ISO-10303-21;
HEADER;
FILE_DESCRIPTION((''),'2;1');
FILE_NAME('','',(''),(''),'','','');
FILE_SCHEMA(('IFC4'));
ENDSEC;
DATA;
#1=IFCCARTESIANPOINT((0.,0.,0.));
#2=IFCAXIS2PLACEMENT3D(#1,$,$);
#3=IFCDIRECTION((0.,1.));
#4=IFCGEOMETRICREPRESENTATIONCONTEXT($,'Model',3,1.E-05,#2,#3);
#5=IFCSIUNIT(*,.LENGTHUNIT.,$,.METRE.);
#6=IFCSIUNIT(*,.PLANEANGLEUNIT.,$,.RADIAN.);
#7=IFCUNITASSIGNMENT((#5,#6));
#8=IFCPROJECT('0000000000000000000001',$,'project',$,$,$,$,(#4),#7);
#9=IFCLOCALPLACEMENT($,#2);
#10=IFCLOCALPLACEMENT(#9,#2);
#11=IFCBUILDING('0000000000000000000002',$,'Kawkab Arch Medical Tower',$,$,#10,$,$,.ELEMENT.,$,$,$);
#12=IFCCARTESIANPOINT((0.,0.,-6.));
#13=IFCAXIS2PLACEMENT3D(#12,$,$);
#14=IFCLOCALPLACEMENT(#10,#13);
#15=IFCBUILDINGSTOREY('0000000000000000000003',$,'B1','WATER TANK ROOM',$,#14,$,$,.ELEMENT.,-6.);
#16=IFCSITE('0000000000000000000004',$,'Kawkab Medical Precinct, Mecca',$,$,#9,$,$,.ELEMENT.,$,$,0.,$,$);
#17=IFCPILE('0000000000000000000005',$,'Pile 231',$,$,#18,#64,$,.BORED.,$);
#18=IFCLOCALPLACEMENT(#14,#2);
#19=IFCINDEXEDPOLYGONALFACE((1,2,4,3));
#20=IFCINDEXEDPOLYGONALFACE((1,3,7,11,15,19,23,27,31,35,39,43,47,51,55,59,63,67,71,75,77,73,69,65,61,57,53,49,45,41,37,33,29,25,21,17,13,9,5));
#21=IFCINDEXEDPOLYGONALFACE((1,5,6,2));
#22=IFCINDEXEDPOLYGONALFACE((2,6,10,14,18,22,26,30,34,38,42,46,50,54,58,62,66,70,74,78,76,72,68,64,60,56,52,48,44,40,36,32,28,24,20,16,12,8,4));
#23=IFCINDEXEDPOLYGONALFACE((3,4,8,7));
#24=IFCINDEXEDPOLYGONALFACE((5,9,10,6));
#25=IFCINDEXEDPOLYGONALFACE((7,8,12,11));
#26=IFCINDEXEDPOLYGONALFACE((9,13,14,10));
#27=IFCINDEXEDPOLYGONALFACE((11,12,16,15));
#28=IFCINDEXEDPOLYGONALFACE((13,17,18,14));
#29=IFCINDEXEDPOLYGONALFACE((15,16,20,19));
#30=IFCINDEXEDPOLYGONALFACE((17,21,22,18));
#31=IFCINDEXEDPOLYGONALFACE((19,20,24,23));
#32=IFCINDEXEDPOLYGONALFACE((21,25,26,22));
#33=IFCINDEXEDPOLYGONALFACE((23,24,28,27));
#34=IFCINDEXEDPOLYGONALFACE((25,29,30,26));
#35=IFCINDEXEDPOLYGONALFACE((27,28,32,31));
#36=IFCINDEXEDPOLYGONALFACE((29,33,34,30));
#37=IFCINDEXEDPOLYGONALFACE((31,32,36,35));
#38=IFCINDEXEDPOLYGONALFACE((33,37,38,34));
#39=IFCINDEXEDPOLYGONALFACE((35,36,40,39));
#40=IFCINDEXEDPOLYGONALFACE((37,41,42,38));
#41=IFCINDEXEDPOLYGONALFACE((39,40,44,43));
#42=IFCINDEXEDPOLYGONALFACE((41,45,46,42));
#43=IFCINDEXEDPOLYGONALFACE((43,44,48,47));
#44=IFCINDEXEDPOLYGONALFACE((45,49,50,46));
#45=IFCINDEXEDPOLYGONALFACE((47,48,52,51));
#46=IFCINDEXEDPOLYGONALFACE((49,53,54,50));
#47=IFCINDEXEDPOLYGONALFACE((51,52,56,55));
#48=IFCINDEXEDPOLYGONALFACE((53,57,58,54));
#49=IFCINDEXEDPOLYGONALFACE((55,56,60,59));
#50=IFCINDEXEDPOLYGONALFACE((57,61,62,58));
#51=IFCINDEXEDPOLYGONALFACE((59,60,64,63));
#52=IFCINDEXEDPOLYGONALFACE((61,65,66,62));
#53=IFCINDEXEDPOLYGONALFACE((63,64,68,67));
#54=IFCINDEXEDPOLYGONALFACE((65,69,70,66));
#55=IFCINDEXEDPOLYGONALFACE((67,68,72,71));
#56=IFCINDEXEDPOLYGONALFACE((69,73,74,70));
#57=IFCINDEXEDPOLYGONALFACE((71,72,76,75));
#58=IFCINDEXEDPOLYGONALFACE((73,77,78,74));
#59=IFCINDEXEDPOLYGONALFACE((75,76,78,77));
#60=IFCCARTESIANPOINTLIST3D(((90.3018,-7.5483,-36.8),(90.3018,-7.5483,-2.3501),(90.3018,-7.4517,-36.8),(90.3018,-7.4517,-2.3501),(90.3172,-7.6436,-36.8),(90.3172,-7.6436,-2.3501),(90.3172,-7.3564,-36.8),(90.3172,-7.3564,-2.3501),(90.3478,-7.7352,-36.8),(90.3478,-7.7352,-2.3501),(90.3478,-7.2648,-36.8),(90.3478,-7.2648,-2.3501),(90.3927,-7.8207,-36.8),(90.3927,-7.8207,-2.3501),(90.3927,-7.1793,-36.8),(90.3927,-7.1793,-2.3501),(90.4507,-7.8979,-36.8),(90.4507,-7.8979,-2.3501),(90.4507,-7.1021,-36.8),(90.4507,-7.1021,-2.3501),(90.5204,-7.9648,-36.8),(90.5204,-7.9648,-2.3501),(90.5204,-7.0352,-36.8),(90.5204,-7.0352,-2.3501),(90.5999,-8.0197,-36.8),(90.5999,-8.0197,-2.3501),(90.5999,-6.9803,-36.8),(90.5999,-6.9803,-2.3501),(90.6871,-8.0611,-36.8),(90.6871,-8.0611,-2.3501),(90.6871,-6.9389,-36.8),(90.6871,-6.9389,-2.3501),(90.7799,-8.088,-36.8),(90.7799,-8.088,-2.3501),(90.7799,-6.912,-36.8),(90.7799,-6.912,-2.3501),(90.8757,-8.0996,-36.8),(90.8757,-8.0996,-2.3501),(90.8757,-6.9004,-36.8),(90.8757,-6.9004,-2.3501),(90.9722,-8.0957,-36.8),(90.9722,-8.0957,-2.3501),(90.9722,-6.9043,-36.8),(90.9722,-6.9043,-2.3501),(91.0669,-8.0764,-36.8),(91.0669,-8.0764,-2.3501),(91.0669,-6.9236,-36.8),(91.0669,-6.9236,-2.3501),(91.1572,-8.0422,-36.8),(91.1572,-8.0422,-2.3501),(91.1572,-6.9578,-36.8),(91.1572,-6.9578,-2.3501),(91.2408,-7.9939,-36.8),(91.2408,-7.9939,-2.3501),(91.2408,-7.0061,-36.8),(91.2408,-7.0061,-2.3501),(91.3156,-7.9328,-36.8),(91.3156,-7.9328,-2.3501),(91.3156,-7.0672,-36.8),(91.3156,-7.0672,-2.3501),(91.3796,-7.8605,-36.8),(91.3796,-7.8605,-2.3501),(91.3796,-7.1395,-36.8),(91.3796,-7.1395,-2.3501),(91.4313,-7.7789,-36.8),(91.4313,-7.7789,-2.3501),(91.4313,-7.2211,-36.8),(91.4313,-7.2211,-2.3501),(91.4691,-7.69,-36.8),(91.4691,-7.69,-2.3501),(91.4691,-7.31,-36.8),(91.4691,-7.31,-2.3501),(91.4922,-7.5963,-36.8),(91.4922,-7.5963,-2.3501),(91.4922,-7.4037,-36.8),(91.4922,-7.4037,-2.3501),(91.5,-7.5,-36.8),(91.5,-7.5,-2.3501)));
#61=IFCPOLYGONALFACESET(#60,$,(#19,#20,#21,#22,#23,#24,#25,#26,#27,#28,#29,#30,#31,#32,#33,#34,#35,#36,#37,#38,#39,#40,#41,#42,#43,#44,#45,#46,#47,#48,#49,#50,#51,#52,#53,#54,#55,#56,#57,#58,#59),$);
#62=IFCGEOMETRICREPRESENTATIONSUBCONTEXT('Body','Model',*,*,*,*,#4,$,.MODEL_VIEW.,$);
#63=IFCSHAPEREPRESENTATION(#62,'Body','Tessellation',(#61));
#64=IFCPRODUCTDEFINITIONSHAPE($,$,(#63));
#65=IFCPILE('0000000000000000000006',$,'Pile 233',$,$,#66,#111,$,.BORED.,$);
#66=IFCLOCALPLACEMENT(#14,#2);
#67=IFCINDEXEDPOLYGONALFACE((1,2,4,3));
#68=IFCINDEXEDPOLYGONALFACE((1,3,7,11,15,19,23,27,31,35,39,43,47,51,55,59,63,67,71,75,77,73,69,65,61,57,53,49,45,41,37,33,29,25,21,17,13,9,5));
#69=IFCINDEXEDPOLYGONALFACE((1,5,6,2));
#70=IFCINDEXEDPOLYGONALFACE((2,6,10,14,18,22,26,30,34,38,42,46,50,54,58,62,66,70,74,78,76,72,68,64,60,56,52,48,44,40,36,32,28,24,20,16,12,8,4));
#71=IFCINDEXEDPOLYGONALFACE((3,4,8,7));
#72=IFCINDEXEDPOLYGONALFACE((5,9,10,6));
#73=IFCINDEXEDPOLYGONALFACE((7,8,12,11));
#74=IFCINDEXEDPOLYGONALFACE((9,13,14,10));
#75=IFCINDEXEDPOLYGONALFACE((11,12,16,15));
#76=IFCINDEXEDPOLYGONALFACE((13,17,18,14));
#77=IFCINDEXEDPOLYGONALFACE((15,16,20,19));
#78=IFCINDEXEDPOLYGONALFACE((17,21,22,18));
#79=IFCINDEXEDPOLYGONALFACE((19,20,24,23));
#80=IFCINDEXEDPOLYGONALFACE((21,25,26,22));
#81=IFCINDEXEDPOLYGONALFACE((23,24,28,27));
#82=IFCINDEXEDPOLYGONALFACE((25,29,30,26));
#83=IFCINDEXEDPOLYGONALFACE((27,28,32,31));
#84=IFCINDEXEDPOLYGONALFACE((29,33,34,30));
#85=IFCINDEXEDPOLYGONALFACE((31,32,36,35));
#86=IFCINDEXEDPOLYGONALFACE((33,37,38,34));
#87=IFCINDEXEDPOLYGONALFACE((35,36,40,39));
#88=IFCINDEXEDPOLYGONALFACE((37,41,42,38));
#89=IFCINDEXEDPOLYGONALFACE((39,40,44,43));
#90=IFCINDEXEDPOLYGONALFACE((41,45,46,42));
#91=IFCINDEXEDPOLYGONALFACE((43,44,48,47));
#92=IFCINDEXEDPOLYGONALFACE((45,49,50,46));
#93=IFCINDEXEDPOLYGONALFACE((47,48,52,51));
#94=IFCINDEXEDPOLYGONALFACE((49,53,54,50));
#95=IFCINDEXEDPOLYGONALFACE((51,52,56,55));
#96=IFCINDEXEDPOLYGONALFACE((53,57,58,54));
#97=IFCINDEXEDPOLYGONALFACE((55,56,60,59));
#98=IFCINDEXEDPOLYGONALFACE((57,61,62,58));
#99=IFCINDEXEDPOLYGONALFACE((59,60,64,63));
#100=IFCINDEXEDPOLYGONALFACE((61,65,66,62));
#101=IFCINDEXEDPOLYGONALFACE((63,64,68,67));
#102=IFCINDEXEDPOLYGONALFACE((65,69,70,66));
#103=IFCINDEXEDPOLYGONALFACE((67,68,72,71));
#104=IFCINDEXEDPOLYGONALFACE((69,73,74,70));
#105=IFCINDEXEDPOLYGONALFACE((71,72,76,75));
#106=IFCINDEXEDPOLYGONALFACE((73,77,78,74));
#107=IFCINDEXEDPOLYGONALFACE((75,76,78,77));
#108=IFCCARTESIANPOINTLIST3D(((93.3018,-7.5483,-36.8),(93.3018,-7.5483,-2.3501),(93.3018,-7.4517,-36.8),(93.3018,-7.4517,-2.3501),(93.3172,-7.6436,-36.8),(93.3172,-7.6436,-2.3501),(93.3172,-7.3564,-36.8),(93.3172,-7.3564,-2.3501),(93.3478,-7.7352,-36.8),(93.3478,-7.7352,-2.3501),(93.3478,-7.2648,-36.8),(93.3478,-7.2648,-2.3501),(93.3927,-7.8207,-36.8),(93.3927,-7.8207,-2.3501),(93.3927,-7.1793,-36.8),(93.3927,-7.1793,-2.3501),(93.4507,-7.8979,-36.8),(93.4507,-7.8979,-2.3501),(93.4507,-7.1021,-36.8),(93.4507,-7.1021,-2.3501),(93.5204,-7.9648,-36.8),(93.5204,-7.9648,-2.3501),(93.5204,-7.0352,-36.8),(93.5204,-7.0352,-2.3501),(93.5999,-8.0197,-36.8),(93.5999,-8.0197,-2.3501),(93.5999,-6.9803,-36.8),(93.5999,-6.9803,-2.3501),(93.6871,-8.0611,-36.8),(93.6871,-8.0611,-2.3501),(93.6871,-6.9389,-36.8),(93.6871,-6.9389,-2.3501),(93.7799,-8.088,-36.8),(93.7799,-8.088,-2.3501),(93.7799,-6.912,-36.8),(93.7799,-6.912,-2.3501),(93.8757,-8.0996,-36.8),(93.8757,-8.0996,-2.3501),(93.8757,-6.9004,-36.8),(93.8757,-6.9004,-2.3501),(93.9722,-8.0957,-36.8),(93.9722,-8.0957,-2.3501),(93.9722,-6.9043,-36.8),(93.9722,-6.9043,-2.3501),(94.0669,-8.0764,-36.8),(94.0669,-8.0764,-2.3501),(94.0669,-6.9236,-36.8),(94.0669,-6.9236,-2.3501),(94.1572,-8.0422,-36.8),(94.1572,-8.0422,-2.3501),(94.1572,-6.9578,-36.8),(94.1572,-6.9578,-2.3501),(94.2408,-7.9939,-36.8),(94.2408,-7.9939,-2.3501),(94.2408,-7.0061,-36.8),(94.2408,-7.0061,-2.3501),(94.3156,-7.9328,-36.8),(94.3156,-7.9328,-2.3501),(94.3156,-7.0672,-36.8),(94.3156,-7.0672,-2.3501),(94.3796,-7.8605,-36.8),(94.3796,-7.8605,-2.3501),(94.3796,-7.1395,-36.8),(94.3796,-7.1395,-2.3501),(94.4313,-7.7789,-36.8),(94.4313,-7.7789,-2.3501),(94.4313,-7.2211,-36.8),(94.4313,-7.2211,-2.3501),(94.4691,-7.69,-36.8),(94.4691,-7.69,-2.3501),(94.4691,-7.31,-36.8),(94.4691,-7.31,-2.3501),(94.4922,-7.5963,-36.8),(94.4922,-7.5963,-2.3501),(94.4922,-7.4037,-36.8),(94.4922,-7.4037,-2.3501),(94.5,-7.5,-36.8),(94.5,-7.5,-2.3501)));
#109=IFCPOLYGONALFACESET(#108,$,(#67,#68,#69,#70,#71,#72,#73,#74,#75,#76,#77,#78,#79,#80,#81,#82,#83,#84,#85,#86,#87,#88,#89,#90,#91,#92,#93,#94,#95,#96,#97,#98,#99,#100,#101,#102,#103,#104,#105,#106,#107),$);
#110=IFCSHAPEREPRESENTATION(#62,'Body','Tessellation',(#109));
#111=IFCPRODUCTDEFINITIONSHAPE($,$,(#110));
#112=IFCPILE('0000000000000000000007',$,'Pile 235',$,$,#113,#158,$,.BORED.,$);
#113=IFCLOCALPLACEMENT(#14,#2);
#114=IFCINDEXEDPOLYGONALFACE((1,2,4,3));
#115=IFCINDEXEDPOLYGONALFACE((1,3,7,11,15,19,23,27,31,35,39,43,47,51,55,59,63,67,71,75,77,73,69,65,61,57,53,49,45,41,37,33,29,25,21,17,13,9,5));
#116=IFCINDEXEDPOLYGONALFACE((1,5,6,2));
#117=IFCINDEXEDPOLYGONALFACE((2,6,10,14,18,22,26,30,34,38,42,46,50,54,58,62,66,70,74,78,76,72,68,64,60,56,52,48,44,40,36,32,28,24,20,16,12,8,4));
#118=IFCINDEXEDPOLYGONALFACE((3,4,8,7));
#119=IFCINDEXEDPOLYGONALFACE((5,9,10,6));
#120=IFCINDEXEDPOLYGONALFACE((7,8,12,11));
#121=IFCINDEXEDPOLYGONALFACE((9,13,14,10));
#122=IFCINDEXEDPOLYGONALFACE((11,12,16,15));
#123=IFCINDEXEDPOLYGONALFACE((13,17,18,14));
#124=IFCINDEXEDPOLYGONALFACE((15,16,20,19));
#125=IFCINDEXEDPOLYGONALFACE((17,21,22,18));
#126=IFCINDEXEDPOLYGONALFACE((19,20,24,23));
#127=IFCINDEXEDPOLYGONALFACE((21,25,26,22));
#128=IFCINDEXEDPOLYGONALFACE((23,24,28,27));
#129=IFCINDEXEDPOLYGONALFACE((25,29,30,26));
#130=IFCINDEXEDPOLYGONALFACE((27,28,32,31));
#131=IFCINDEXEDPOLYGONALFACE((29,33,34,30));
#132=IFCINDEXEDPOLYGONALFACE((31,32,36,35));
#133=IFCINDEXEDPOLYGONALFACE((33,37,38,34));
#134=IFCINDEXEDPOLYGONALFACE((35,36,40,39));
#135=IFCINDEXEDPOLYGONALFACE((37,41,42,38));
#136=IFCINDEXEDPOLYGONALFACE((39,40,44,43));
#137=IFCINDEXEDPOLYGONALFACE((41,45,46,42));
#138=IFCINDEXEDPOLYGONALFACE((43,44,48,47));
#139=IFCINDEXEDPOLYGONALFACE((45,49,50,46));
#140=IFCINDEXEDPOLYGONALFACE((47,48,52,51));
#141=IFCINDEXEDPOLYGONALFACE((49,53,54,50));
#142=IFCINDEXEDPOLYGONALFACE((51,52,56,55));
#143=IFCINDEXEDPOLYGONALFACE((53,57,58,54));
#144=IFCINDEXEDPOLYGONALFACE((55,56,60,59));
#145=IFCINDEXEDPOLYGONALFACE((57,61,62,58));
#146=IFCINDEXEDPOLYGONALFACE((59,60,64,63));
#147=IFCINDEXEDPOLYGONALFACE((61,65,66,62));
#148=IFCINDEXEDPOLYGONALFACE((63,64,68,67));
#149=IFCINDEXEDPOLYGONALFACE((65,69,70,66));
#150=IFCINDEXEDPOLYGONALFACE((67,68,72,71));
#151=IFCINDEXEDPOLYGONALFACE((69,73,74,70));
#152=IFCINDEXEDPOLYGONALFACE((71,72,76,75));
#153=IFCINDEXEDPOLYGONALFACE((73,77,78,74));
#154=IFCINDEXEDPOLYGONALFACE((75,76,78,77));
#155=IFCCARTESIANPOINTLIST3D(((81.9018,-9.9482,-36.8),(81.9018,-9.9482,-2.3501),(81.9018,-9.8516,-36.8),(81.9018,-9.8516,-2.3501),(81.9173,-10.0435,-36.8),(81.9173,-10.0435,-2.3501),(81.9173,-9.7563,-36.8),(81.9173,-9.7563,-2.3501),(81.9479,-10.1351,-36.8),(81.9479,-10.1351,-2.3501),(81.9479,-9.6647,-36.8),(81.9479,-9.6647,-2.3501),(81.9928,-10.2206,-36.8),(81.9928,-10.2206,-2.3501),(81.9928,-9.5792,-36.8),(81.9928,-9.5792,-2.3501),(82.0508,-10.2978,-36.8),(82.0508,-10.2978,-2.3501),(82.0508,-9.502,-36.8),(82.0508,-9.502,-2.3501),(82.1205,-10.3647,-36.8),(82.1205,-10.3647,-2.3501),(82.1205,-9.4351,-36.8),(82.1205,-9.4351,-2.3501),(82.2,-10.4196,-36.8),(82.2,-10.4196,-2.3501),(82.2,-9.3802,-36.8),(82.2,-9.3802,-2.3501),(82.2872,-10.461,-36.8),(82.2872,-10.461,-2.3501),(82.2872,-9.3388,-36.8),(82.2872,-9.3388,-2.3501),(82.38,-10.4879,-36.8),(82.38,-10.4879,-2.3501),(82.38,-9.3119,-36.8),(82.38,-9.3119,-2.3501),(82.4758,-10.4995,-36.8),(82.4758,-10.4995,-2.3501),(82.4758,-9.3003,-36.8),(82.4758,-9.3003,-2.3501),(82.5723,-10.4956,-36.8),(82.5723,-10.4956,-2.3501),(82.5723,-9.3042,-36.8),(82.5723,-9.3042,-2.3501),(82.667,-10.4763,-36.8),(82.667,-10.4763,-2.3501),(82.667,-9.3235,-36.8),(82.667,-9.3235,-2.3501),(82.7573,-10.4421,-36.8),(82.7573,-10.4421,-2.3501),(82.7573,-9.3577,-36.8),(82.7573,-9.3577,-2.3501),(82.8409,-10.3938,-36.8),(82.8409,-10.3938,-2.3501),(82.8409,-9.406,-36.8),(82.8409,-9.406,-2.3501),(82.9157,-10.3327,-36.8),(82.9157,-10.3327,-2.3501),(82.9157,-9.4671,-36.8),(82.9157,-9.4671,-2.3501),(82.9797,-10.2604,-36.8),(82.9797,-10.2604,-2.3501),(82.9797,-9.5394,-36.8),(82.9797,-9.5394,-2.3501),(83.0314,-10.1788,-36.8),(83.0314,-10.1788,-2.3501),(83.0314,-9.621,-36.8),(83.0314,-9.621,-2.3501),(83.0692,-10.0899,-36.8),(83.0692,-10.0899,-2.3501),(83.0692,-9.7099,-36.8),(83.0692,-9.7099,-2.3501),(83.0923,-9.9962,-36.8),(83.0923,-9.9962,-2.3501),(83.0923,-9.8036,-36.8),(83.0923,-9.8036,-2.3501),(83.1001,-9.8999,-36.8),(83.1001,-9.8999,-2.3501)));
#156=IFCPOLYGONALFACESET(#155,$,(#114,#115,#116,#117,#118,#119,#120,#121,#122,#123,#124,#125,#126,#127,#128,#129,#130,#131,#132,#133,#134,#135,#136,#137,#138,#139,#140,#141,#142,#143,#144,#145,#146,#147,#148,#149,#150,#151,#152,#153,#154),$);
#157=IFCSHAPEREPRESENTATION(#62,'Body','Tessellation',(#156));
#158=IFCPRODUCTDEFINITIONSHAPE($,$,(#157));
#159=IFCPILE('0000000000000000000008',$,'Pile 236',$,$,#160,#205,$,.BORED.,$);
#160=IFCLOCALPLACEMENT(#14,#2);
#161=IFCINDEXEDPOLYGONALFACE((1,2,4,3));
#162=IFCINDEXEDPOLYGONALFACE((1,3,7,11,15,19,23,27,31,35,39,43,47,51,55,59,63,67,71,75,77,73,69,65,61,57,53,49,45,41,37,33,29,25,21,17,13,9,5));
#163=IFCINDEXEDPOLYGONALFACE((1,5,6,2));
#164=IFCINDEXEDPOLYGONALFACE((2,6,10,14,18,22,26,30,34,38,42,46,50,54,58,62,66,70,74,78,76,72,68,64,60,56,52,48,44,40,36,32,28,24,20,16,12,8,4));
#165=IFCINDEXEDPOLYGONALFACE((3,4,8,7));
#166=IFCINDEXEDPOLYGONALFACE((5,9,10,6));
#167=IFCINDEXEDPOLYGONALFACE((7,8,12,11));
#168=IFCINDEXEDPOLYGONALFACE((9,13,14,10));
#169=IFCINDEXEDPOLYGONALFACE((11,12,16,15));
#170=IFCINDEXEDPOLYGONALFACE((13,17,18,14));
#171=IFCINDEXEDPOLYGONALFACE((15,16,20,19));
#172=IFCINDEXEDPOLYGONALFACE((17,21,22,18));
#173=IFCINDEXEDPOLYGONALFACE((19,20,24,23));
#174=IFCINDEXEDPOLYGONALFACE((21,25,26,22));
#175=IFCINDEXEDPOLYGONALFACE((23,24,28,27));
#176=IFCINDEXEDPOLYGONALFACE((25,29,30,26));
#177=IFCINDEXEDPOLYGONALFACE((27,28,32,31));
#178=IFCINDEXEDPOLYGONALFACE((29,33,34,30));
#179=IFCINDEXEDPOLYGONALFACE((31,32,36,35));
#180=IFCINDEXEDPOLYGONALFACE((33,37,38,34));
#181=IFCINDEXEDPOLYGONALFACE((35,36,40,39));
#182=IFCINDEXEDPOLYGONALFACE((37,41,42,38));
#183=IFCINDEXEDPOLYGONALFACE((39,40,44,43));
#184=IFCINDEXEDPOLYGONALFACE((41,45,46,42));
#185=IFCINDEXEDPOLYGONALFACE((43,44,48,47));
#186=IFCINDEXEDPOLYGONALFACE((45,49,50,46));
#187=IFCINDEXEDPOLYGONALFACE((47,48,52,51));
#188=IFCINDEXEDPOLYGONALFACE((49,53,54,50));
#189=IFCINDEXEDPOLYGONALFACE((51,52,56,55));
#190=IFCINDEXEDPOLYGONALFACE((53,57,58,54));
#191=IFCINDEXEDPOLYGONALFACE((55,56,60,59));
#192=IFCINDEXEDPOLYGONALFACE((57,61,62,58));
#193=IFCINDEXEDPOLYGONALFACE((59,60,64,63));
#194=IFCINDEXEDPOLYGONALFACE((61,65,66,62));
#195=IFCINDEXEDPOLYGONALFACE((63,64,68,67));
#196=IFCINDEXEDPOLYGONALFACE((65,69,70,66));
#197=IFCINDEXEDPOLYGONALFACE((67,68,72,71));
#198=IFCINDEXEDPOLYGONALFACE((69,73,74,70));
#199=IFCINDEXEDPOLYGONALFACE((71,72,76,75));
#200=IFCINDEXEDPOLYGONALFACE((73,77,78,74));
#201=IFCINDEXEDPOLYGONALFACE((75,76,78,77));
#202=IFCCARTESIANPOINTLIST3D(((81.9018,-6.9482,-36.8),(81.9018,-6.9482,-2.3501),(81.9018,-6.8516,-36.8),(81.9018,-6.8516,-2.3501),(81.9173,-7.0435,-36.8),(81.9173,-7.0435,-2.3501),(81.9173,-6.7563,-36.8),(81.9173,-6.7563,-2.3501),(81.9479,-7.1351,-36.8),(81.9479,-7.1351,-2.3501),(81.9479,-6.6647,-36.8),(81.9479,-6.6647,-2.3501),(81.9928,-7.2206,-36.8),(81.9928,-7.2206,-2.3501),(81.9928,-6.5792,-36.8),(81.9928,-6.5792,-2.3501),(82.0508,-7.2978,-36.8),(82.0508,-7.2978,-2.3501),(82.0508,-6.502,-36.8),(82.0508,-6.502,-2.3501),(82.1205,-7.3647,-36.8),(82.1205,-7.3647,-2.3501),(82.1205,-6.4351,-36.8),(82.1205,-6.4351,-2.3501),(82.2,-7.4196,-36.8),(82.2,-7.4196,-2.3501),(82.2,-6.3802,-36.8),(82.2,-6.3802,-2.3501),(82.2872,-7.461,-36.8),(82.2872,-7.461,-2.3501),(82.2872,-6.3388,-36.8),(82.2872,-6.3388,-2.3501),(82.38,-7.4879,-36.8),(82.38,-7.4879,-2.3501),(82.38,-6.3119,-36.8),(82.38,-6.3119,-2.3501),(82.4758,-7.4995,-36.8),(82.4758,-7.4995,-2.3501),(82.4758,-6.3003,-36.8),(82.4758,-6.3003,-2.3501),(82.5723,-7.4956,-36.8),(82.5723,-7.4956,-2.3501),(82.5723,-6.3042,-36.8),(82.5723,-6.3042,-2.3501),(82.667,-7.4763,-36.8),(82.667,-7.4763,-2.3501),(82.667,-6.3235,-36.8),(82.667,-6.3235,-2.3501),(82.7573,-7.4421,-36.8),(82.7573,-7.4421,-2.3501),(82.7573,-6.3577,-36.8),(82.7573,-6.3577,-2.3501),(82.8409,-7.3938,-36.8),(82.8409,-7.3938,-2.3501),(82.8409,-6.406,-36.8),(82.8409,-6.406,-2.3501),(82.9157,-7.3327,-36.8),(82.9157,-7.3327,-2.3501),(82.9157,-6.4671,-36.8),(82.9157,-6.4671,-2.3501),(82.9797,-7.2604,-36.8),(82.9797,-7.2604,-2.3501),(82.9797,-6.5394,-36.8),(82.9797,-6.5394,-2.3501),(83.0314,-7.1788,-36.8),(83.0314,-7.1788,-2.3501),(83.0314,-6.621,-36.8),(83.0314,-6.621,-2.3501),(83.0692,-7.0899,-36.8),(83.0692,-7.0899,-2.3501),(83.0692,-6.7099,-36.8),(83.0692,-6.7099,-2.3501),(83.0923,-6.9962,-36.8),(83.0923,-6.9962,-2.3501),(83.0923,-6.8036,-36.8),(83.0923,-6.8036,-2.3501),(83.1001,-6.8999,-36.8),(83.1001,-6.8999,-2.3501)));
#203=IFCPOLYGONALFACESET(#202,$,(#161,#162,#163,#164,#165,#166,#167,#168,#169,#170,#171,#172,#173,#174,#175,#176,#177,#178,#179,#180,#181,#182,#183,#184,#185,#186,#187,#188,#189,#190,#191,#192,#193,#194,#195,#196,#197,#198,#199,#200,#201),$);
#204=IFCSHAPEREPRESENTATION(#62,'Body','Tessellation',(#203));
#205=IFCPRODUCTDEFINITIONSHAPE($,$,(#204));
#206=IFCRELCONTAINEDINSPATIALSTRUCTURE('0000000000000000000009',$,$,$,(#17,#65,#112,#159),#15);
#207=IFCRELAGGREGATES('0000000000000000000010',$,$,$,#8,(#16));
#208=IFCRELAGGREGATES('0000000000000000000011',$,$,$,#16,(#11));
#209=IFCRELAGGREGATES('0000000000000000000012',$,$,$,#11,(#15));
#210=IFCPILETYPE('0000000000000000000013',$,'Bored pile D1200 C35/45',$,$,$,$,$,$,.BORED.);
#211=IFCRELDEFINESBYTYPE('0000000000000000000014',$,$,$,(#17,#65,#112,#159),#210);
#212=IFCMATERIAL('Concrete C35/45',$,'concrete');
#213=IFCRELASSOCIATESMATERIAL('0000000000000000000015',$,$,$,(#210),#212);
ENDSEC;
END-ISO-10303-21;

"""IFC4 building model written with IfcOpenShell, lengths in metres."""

from ifc_helpers import new_model, si_unit, direction, frame, origin, origin_2d, place, context, subcontext, project, spatial, circle, extrude, material, material_profile, profile_set, type_object, element, save


model = new_model("IFC4")

# Units and contexts
model_context = context("Model", 3, precision=1e-05, world=origin(), true_north=direction((0.0, 1.0)))
body_context = subcontext(model_context, "Body", "Model", "MODEL_VIEW")
ifc_project = project(units=[si_unit("LENGTHUNIT", "METRE"), si_unit("PLANEANGLEUNIT", "RADIAN")], contexts=[model_context])

# Site, building, storey
site_placement = place(None, origin())
site = spatial("IfcSite", under=ifc_project, at=site_placement, Name="Kawkab Medical Precinct, Mecca", CompositionType="ELEMENT", RefElevation=0.0)
building_placement = place(site_placement, origin())
building = spatial("IfcBuilding", under=site, at=building_placement, Name="Kawkab Arch Medical Tower", CompositionType="ELEMENT")
storey_placement = place(building_placement, frame((0.0, 0.0, -6.0)))
storey = spatial("IfcBuildingStorey", under=building, at=storey_placement, Name="B1", Description="WATER TANK ROOM", CompositionType="ELEMENT", Elevation=-6.0)

# Piles
ifc_material_1 = material(Name="Concrete C35/45", Category="concrete")
ifc_material_profile_1 = material_profile(ifc_material_1, circle(Radius=0.6001, at=origin_2d()), Name="Bored pile D1200")
ifc_profile_set_1 = profile_set([ifc_material_profile_1], Name="Concrete C35/45")
pile_type_1 = type_object("IfcPileType", Name="Bored pile D1200 C35/45", PredefinedType="BORED", material=ifc_profile_set_1)
for number, where, z_axis, x_axis, name in (
    (1, (90.8999, -7.5, -2.3501), (0.0, 0.0, -1.0), (1.0, 0.0, 0.0), "Pile 231"),
    (2, (93.8999, -7.5, -2.3501), (0.0, 0.0, -1.0), (1.0, 0.0, 0.0), "Pile 233"),
    (3, (82.5, -9.8999, -2.3501), (0.0, 0.0, -1.0), (1.0, 0.0, 0.0), "Pile 235"),
    (4, (82.5, -6.8999, -2.3501), (0.0, 0.0, -1.0), (1.0, 0.0, 0.0), "Pile 236"),
):
    element("IfcPile", number, at=place(storey_placement, frame(where, z_axis=z_axis, x_axis=x_axis)), inside=storey, type_object=pile_type_1, Name=name, PredefinedType="BORED", context=body_context, shape_type="SweptSolid", body=[
        extrude(circle(Radius=0.6001, at=origin_2d()), origin(), (0.0, 0.0, 1.0), 34.45),
    ])

save(model, "model.ifc")
